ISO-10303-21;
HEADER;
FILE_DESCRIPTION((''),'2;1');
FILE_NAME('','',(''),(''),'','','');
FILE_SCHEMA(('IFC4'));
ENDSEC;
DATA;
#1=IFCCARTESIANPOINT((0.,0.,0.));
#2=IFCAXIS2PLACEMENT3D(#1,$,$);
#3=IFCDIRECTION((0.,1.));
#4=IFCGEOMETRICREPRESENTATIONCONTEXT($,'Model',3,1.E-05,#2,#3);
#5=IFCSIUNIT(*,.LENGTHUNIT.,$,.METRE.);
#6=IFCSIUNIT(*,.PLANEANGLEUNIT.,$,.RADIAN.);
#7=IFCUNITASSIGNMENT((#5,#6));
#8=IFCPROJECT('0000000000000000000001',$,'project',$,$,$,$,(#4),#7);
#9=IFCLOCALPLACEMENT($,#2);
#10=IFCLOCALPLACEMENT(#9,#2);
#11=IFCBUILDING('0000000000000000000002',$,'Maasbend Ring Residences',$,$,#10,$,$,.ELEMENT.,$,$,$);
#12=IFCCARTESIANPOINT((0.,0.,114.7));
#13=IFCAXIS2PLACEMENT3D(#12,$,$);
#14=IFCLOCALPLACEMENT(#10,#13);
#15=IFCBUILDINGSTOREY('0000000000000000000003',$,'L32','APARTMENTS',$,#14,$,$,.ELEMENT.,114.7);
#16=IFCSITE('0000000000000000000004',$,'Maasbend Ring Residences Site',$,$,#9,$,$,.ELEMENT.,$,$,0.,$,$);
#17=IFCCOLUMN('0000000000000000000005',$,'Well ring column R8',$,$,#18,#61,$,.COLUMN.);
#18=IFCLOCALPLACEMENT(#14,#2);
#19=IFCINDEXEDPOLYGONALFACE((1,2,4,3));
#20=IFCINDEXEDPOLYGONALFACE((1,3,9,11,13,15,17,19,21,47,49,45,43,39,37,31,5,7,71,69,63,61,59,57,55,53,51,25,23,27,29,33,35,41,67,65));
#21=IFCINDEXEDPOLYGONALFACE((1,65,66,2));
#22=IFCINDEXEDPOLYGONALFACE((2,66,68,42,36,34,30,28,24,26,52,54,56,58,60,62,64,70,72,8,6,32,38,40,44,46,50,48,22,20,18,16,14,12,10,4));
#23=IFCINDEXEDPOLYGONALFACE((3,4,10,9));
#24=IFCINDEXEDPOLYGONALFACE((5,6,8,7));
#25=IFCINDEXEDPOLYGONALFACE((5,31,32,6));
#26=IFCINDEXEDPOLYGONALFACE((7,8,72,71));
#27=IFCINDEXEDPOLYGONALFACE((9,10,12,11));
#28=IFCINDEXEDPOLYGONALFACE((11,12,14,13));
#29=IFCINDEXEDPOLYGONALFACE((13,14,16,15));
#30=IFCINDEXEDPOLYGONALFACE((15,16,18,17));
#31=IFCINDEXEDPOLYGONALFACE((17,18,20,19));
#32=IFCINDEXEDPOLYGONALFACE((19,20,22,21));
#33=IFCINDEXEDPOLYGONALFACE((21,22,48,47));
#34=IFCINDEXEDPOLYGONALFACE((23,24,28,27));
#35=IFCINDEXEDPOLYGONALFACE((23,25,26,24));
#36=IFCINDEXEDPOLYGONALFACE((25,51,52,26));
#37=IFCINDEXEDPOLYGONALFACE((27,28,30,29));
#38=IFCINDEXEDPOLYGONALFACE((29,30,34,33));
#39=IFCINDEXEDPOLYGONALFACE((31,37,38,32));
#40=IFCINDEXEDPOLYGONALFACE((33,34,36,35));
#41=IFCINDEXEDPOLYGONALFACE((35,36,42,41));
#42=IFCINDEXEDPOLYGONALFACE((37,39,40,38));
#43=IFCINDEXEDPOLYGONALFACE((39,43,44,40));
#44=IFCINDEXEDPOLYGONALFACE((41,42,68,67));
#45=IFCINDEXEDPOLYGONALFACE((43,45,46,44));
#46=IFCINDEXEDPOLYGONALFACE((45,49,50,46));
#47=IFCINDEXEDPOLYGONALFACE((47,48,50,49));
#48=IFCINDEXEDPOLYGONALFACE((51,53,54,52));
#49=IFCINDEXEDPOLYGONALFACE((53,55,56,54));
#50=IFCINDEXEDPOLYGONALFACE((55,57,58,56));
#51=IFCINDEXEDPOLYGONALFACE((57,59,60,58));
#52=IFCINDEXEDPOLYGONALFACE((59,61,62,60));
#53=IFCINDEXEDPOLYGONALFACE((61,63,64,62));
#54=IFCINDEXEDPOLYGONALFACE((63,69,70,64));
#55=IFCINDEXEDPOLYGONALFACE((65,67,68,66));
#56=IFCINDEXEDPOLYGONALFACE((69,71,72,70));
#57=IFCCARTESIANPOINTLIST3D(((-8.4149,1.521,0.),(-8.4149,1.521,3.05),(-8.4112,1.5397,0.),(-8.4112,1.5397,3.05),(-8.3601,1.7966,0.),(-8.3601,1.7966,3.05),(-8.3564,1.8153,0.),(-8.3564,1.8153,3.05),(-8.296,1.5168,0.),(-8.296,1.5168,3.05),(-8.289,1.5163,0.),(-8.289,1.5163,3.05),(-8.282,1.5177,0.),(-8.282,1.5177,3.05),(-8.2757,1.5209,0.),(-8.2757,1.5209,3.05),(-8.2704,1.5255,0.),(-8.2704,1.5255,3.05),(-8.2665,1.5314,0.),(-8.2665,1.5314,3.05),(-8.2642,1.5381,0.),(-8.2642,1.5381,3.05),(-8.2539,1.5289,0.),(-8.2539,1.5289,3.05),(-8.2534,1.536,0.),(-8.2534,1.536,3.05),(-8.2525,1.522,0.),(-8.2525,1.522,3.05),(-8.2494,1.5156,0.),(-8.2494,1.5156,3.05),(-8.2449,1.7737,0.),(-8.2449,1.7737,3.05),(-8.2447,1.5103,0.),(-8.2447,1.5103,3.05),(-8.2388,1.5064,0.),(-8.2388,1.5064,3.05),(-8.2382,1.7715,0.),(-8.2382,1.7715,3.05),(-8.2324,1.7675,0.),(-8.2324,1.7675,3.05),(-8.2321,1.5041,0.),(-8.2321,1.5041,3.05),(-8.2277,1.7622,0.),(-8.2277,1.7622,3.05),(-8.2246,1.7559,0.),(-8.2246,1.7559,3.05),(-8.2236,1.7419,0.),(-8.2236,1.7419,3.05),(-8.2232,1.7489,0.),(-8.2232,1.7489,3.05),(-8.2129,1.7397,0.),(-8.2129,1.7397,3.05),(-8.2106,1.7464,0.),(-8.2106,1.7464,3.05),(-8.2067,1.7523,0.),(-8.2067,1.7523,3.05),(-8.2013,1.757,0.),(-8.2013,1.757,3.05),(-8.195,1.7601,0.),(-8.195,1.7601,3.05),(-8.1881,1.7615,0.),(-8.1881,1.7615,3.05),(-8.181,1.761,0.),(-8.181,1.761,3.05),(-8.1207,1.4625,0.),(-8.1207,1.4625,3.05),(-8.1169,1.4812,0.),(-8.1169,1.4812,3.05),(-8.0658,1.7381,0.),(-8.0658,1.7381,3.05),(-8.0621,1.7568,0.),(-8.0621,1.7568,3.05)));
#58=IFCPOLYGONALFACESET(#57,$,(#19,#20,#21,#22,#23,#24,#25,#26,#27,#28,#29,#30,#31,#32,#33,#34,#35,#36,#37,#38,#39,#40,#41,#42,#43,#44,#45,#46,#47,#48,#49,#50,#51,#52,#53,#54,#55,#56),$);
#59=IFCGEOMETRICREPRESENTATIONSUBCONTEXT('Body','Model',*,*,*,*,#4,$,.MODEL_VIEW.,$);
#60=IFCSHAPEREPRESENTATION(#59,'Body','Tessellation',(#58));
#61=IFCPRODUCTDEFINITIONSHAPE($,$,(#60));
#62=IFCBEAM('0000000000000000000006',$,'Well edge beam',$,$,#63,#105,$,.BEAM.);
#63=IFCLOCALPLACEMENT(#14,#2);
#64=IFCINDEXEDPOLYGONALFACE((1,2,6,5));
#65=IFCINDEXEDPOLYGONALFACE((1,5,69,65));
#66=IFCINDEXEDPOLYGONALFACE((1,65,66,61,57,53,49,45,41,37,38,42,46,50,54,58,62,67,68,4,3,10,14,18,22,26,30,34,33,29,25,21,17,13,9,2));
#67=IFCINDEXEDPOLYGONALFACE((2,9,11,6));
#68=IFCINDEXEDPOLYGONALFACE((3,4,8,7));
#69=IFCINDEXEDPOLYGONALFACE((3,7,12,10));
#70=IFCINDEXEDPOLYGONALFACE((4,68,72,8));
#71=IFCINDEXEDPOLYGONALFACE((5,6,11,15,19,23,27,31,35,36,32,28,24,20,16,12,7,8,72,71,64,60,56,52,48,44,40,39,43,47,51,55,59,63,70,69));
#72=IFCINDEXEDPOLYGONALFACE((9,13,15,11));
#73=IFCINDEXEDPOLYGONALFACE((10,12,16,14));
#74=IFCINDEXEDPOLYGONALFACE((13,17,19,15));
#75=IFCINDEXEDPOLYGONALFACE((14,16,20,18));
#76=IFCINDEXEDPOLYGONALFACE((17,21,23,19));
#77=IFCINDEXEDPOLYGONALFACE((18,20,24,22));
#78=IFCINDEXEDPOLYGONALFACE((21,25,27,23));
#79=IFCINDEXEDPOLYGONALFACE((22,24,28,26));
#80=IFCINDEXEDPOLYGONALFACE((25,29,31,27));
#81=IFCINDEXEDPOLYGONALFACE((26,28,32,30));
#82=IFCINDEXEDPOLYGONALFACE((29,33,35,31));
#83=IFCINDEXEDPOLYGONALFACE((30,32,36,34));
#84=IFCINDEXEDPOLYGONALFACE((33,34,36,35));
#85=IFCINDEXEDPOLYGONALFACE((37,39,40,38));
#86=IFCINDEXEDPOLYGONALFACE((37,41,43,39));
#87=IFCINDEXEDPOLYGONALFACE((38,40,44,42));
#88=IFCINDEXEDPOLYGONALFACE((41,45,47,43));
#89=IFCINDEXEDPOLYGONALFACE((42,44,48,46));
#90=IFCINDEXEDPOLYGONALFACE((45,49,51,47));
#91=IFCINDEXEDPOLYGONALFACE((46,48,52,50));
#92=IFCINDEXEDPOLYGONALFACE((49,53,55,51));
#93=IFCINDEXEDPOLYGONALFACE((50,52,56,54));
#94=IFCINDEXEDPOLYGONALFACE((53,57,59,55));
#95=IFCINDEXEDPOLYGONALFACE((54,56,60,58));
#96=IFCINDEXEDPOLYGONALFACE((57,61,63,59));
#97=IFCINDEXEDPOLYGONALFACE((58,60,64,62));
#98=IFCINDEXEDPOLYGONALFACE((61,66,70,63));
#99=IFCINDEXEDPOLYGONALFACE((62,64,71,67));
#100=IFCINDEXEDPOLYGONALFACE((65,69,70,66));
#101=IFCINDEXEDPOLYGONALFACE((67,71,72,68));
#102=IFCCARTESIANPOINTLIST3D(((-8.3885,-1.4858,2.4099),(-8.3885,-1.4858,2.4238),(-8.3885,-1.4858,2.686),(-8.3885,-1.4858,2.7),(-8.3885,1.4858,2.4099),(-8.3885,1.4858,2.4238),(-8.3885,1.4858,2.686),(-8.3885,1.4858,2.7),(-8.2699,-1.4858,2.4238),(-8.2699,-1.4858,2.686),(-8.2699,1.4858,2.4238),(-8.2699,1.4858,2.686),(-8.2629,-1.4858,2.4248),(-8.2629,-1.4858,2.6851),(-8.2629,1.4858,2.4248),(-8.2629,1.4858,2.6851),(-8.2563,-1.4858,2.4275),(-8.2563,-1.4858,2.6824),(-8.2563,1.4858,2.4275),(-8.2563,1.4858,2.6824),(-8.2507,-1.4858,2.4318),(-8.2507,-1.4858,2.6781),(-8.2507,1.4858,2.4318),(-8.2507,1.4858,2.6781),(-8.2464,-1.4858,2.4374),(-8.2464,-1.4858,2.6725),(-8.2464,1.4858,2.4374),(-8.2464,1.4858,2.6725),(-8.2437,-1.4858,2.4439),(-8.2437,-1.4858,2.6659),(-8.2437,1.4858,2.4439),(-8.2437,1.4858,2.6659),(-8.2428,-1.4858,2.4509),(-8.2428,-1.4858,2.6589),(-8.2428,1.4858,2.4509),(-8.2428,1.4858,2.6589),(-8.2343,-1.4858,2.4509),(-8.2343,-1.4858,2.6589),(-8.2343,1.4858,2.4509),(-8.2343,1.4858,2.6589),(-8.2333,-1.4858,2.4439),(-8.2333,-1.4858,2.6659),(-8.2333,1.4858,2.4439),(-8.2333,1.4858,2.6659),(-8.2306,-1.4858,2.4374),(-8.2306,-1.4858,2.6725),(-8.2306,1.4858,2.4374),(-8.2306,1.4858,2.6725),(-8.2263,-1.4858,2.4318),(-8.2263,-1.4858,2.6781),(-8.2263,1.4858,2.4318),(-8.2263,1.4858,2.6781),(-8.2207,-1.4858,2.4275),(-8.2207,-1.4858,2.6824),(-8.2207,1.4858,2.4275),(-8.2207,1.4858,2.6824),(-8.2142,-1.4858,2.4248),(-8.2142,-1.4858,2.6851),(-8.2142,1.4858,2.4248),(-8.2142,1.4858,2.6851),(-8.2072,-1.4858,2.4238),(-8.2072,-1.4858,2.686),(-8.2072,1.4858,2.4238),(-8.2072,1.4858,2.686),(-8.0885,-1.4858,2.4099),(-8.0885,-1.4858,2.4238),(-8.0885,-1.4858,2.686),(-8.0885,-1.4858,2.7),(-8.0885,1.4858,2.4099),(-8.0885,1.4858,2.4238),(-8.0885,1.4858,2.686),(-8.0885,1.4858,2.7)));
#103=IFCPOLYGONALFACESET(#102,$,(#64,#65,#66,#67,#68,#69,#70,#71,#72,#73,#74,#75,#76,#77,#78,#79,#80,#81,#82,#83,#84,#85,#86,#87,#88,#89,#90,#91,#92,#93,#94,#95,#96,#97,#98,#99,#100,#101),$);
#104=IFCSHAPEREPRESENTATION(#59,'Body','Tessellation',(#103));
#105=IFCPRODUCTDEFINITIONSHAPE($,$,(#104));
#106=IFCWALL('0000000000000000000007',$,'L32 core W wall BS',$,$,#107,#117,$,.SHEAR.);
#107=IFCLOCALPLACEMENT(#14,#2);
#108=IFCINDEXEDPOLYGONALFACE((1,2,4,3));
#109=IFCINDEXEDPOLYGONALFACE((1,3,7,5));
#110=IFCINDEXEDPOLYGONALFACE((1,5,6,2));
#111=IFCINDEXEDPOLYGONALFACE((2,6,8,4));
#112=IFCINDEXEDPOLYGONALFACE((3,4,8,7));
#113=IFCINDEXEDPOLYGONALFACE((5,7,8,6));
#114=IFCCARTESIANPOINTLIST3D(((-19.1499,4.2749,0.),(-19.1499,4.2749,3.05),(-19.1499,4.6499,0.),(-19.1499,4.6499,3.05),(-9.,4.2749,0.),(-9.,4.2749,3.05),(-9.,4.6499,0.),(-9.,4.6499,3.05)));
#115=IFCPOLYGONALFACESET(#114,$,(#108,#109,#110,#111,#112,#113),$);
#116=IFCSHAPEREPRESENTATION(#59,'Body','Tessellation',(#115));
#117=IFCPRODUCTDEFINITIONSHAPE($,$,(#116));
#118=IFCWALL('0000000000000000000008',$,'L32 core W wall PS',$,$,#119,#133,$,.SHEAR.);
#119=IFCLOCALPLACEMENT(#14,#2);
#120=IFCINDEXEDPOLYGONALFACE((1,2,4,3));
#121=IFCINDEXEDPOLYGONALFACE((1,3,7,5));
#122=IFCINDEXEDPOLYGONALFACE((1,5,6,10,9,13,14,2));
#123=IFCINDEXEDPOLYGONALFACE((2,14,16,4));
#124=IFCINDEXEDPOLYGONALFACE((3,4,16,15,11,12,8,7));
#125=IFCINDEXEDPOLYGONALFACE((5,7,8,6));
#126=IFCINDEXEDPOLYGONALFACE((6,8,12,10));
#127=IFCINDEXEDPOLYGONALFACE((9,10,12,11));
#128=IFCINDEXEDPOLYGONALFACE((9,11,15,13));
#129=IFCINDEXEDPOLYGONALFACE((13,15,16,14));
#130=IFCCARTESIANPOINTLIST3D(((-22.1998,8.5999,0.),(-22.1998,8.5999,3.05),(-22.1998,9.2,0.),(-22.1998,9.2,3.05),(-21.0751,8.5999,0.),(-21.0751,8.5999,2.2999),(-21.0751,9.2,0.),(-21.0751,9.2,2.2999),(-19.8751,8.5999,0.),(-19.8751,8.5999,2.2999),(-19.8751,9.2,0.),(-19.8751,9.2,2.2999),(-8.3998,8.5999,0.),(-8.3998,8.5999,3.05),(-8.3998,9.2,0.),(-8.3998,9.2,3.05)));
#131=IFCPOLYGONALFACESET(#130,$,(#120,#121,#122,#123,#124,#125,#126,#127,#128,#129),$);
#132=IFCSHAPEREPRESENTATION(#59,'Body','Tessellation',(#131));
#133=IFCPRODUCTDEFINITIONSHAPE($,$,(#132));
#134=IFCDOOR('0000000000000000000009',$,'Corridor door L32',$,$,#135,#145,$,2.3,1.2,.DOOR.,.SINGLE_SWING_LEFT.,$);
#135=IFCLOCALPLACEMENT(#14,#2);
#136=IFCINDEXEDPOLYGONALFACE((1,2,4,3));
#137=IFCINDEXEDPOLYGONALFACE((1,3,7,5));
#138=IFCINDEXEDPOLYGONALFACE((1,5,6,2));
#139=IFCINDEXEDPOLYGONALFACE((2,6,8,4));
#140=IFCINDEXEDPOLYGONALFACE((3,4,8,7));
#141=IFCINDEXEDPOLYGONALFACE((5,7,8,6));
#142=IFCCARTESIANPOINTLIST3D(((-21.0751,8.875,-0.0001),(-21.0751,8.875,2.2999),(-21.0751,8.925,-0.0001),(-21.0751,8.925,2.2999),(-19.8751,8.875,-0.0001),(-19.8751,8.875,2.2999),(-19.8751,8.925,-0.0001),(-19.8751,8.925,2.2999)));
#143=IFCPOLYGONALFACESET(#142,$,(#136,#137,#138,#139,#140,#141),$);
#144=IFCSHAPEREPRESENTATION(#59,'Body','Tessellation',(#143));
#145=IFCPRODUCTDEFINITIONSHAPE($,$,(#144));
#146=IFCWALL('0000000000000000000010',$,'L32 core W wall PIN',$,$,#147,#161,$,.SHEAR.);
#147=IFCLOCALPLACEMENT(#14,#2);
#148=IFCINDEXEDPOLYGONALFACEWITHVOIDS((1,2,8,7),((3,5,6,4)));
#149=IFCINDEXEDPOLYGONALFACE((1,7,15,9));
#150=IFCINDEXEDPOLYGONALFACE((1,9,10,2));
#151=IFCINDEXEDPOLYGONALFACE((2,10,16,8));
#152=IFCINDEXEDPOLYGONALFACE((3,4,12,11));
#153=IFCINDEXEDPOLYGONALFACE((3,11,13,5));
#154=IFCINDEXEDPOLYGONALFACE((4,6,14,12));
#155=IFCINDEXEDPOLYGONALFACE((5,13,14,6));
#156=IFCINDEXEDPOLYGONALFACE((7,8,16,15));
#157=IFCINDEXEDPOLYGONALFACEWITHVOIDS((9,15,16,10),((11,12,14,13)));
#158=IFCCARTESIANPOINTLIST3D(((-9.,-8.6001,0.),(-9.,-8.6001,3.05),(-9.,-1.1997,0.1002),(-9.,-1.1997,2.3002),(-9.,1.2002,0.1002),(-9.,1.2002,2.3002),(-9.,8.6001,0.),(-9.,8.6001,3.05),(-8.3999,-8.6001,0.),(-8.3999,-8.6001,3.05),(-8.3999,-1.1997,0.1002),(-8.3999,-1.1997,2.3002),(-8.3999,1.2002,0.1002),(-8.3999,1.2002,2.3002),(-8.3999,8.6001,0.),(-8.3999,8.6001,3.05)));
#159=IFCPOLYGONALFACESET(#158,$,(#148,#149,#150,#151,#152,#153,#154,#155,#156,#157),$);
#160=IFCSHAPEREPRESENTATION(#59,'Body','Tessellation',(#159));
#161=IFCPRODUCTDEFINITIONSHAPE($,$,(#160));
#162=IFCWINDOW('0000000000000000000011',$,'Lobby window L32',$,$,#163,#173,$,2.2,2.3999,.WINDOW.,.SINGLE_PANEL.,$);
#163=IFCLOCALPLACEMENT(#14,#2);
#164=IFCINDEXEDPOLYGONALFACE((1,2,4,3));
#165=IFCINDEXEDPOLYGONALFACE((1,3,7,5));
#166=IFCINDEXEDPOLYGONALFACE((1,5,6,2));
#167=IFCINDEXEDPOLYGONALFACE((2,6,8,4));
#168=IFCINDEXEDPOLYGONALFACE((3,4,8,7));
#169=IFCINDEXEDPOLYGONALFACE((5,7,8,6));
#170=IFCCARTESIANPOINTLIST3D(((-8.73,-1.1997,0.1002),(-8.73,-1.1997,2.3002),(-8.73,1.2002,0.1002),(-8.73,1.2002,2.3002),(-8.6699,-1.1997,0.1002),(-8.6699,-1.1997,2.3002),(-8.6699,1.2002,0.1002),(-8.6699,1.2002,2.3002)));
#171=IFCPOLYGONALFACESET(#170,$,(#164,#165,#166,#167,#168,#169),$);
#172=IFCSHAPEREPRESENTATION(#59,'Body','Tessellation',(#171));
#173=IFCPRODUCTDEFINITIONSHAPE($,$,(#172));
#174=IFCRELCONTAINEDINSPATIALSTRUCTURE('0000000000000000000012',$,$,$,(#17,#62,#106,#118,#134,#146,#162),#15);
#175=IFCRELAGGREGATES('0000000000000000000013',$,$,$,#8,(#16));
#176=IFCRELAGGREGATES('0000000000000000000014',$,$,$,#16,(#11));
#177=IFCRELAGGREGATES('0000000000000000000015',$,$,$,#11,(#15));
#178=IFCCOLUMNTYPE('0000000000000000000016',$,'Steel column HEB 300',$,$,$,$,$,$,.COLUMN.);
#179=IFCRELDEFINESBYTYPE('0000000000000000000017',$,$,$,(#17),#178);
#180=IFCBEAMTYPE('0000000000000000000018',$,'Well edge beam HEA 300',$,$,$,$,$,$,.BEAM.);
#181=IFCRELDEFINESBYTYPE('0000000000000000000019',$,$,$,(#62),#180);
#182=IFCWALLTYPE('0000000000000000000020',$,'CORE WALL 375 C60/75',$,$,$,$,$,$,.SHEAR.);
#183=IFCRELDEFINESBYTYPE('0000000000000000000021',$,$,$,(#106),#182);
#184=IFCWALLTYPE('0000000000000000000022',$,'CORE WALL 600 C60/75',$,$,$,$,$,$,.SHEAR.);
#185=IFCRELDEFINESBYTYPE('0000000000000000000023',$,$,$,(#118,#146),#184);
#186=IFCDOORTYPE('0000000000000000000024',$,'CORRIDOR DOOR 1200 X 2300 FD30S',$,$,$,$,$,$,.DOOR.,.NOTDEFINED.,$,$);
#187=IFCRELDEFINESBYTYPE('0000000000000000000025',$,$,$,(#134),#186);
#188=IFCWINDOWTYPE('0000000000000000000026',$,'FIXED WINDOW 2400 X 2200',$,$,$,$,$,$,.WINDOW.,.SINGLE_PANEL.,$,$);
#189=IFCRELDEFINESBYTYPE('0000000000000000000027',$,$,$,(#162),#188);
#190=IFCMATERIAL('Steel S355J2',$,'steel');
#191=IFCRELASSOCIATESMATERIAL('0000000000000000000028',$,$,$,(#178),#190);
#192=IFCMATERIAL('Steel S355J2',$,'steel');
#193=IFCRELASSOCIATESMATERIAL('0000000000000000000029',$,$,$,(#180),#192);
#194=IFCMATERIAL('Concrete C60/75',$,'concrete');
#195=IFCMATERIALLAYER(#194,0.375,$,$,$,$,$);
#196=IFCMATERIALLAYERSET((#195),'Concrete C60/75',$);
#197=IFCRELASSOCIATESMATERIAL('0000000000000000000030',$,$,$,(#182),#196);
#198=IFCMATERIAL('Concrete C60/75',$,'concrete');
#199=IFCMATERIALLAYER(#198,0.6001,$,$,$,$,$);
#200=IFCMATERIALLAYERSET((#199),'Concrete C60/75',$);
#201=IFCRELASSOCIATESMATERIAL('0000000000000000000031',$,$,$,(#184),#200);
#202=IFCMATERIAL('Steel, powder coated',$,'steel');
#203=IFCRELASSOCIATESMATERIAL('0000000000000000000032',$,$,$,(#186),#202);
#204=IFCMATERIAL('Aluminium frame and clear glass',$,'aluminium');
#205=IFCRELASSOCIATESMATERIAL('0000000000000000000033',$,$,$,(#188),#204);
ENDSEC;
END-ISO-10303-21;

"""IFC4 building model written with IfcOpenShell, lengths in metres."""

from ifc_helpers import new_model, si_unit, direction, frame, frame_2d, origin, origin_2d, place, context, subcontext, project, spatial, rectangle, i_section, extrude, material, layer, layer_set, material_profile, profile_set, type_object, element, fill, save


model = new_model("IFC4")

# Units and contexts
model_context = context("Model", 3, precision=1e-05, world=origin(), true_north=direction((0.0, 1.0)))
body_context = subcontext(model_context, "Body", "Model", "MODEL_VIEW")
ifc_project = project(units=[si_unit("LENGTHUNIT", "METRE"), si_unit("PLANEANGLEUNIT", "RADIAN")], contexts=[model_context])

# Site, building, storey
site_placement = place(None, origin())
site = spatial("IfcSite", under=ifc_project, at=site_placement, Name="Maasbend Ring Residences Site", CompositionType="ELEMENT", RefElevation=0.0)
building_placement = place(site_placement, origin())
building = spatial("IfcBuilding", under=site, at=building_placement, Name="Maasbend Ring Residences", CompositionType="ELEMENT")
storey_placement = place(building_placement, frame((0.0, 0.0, 114.7)))
storey = spatial("IfcBuildingStorey", under=building, at=storey_placement, Name="L32", Description="APARTMENTS", CompositionType="ELEMENT", Elevation=114.7)

# Column
ifc_material_1 = material(Name="Steel S355J2", Category="steel")
ifc_material_profile_1 = material_profile(ifc_material_1, i_section(OverallWidth=0.3, OverallDepth=0.3, WebThickness=0.011, FlangeThickness=0.019, FilletRadius=0.0271, at=origin_2d()), Name="HEB 300")
ifc_profile_set_1 = profile_set([ifc_material_profile_1], Name="Steel S355J2")
column_type = type_object("IfcColumnType", Name="Steel column HEB 300", PredefinedType="COLUMN", material=ifc_profile_set_1)
column_placement = place(storey_placement, frame((-8.2385, 1.6389, 0.0), z_axis=(0.0, 0.0, 1.0), x_axis=(-0.980785, 0.19509, 0.0)))
element("IfcColumn", 1, at=column_placement, inside=storey, type_object=column_type, Name="Well ring column R8", PredefinedType="COLUMN", context=body_context, shape_type="SweptSolid", body=[
    extrude(i_section(OverallWidth=0.3, OverallDepth=0.3, WebThickness=0.011, FlangeThickness=0.019, FilletRadius=0.0271, at=origin_2d()), origin(), (0.0, 0.0, 1.0), 3.05),
])

# Beam
ifc_material_2 = material(Name="Steel S355J2", Category="steel")
ifc_material_profile_2 = material_profile(ifc_material_2, i_section(OverallWidth=0.3, OverallDepth=0.29, WebThickness=0.0085, FlangeThickness=0.0139, FilletRadius=0.0271, at=origin_2d()), Name="HEA 300")
ifc_profile_set_2 = profile_set([ifc_material_profile_2], Name="Steel S355J2")
beam_type = type_object("IfcBeamType", Name="Well edge beam HEA 300", PredefinedType="BEAM", material=ifc_profile_set_2)
beam_placement = place(storey_placement, frame((-8.2385, 1.4858, 2.5549), z_axis=(0.0, -1.0, 0.0), x_axis=(1.0, 0.0, 0.0)))
element("IfcBeam", 2, at=beam_placement, inside=storey, type_object=beam_type, Name="Well edge beam", PredefinedType="BEAM", context=body_context, shape_type="SweptSolid", body=[
    extrude(i_section(OverallWidth=0.3, OverallDepth=0.29, WebThickness=0.0085, FlangeThickness=0.0139, FilletRadius=0.0271, at=origin_2d()), origin(), (0.0, 0.0, 1.0), 2.9717),
])

# Wall
ifc_material_3 = material(Name="Concrete C60/75", Category="concrete")
ifc_layer_1 = layer(ifc_material_3, 0.375)
ifc_layer_set_1 = layer_set([ifc_layer_1], Name="Concrete C60/75")
wall_type_1 = type_object("IfcWallType", Name="CORE WALL 375 C60/75", PredefinedType="SHEAR", material=ifc_layer_set_1)
wall_1_placement = place(storey_placement, frame((-9.0, 4.4624, 0.0), z_axis=(0.0, 0.0, 1.0), x_axis=(-1.0, 0.0, 0.0)))
element("IfcWall", 3, at=wall_1_placement, inside=storey, type_object=wall_type_1, Name="L32 core W wall BS", PredefinedType="SHEAR", context=body_context, shape_type="SweptSolid", body=[
    extrude(rectangle(XDim=10.1499, YDim=0.375, at=frame_2d((5.075, 0.0))), origin(), (0.0, 0.0, 1.0), 3.05),
])

# Wall, opening, door
ifc_material_4 = material(Name="Concrete C60/75", Category="concrete")
ifc_layer_2 = layer(ifc_material_4, 0.6001)
ifc_layer_set_2 = layer_set([ifc_layer_2], Name="Concrete C60/75")
wall_type_2 = type_object("IfcWallType", Name="CORE WALL 600 C60/75", PredefinedType="SHEAR", material=ifc_layer_set_2)
wall_2_placement = place(storey_placement, frame((-8.3999, 8.8999, 0.0), z_axis=(0.0, 0.0, 1.0), x_axis=(-1.0, 0.0, 0.0)))
wall_2 = element("IfcWall", 4, at=wall_2_placement, inside=storey, type_object=wall_type_2, Name="L32 core W wall PS", PredefinedType="SHEAR", context=body_context, shape_type="SweptSolid", body=[
    extrude(rectangle(XDim=13.8, YDim=0.6001, at=frame_2d((6.8999, 0.0))), origin(), (0.0, 0.0, 1.0), 3.05),
])
opening_1_placement = place(wall_2_placement, frame((11.4751, 0.0, 0.0)))
opening_1 = element("IfcOpeningElement", 5, at=opening_1_placement, cuts=wall_2, PredefinedType="OPENING", context=body_context, shape_type="SweptSolid", body=[
    extrude(rectangle(XDim=1.2, YDim=2.3, at=frame_2d((0.6001, 1.1499))), frame((0.0, 0.3101, 0.0), z_axis=(0.0, -1.0, 0.0), x_axis=(1.0, 0.0, 0.0)), (0.0, 0.0, 1.0), 0.6201),
])
ifc_material_5 = material(Name="Steel, powder coated", Category="steel")
door_type_1 = type_object("IfcDoorType", Name="CORRIDOR DOOR 1200 X 2300 FD30S", OperationType="NOTDEFINED", PredefinedType="DOOR", material=ifc_material_5)
door_1_placement = place(opening_1_placement, origin())
door_1 = element("IfcDoor", 6, at=door_1_placement, inside=storey, type_object=door_type_1, Name="Corridor door L32", OperationType="SINGLE_SWING_LEFT", OverallHeight=2.3, OverallWidth=1.2, PredefinedType="DOOR", context=body_context, shape_type="SweptSolid", body=[
    extrude(rectangle(XDim=1.2, YDim=2.3, at=frame_2d((0.6001, 1.1499))), frame((0.0, 0.0249, 0.0), z_axis=(0.0, -1.0, 0.0), x_axis=(1.0, 0.0, 0.0)), (0.0, 0.0, 1.0), 0.05),
])
fill(opening_1, door_1)

# Wall, opening, window
wall_3_placement = place(storey_placement, frame((-8.7, 8.6001, 0.0), z_axis=(0.0, 0.0, 1.0), x_axis=(0.0, -1.0, 0.0)))
wall_3 = element("IfcWall", 7, at=wall_3_placement, inside=storey, type_object=wall_type_2, Name="L32 core W wall PIN", PredefinedType="SHEAR", context=body_context, shape_type="SweptSolid", body=[
    extrude(rectangle(XDim=17.2002, YDim=0.6001, at=frame_2d((8.6001, 0.0))), origin(), (0.0, 0.0, 1.0), 3.05),
])
opening_2_placement = place(wall_3_placement, frame((7.3999, 0.0, 0.1001)))
opening_2 = element("IfcOpeningElement", 8, at=opening_2_placement, cuts=wall_3, PredefinedType="OPENING", context=body_context, shape_type="SweptSolid", body=[
    extrude(rectangle(XDim=2.3999, YDim=2.2, at=frame_2d((1.2, 1.1001))), frame((0.0, 0.3101, 0.0), z_axis=(0.0, -1.0, 0.0), x_axis=(1.0, 0.0, 0.0)), (0.0, 0.0, 1.0), 0.6201),
])
ifc_material_6 = material(Name="Aluminium frame and clear glass", Category="aluminium")
window_type = type_object("IfcWindowType", Name="FIXED WINDOW 2400 X 2200", PartitioningType="SINGLE_PANEL", PredefinedType="WINDOW", material=ifc_material_6)
window_placement = place(opening_2_placement, origin())
window = element("IfcWindow", 9, at=window_placement, inside=storey, type_object=window_type, Name="Lobby window L32", OverallHeight=2.2, OverallWidth=2.3999, PartitioningType="SINGLE_PANEL", PredefinedType="WINDOW", context=body_context, shape_type="SweptSolid", body=[
    extrude(rectangle(XDim=2.3999, YDim=2.2, at=frame_2d((1.2, 1.1001))), frame((0.0, 0.03, 0.0), z_axis=(0.0, -1.0, 0.0), x_axis=(1.0, 0.0, 0.0)), (0.0, 0.0, 1.0), 0.0601),
])
fill(opening_2, window)

save(model, "model.ifc")
